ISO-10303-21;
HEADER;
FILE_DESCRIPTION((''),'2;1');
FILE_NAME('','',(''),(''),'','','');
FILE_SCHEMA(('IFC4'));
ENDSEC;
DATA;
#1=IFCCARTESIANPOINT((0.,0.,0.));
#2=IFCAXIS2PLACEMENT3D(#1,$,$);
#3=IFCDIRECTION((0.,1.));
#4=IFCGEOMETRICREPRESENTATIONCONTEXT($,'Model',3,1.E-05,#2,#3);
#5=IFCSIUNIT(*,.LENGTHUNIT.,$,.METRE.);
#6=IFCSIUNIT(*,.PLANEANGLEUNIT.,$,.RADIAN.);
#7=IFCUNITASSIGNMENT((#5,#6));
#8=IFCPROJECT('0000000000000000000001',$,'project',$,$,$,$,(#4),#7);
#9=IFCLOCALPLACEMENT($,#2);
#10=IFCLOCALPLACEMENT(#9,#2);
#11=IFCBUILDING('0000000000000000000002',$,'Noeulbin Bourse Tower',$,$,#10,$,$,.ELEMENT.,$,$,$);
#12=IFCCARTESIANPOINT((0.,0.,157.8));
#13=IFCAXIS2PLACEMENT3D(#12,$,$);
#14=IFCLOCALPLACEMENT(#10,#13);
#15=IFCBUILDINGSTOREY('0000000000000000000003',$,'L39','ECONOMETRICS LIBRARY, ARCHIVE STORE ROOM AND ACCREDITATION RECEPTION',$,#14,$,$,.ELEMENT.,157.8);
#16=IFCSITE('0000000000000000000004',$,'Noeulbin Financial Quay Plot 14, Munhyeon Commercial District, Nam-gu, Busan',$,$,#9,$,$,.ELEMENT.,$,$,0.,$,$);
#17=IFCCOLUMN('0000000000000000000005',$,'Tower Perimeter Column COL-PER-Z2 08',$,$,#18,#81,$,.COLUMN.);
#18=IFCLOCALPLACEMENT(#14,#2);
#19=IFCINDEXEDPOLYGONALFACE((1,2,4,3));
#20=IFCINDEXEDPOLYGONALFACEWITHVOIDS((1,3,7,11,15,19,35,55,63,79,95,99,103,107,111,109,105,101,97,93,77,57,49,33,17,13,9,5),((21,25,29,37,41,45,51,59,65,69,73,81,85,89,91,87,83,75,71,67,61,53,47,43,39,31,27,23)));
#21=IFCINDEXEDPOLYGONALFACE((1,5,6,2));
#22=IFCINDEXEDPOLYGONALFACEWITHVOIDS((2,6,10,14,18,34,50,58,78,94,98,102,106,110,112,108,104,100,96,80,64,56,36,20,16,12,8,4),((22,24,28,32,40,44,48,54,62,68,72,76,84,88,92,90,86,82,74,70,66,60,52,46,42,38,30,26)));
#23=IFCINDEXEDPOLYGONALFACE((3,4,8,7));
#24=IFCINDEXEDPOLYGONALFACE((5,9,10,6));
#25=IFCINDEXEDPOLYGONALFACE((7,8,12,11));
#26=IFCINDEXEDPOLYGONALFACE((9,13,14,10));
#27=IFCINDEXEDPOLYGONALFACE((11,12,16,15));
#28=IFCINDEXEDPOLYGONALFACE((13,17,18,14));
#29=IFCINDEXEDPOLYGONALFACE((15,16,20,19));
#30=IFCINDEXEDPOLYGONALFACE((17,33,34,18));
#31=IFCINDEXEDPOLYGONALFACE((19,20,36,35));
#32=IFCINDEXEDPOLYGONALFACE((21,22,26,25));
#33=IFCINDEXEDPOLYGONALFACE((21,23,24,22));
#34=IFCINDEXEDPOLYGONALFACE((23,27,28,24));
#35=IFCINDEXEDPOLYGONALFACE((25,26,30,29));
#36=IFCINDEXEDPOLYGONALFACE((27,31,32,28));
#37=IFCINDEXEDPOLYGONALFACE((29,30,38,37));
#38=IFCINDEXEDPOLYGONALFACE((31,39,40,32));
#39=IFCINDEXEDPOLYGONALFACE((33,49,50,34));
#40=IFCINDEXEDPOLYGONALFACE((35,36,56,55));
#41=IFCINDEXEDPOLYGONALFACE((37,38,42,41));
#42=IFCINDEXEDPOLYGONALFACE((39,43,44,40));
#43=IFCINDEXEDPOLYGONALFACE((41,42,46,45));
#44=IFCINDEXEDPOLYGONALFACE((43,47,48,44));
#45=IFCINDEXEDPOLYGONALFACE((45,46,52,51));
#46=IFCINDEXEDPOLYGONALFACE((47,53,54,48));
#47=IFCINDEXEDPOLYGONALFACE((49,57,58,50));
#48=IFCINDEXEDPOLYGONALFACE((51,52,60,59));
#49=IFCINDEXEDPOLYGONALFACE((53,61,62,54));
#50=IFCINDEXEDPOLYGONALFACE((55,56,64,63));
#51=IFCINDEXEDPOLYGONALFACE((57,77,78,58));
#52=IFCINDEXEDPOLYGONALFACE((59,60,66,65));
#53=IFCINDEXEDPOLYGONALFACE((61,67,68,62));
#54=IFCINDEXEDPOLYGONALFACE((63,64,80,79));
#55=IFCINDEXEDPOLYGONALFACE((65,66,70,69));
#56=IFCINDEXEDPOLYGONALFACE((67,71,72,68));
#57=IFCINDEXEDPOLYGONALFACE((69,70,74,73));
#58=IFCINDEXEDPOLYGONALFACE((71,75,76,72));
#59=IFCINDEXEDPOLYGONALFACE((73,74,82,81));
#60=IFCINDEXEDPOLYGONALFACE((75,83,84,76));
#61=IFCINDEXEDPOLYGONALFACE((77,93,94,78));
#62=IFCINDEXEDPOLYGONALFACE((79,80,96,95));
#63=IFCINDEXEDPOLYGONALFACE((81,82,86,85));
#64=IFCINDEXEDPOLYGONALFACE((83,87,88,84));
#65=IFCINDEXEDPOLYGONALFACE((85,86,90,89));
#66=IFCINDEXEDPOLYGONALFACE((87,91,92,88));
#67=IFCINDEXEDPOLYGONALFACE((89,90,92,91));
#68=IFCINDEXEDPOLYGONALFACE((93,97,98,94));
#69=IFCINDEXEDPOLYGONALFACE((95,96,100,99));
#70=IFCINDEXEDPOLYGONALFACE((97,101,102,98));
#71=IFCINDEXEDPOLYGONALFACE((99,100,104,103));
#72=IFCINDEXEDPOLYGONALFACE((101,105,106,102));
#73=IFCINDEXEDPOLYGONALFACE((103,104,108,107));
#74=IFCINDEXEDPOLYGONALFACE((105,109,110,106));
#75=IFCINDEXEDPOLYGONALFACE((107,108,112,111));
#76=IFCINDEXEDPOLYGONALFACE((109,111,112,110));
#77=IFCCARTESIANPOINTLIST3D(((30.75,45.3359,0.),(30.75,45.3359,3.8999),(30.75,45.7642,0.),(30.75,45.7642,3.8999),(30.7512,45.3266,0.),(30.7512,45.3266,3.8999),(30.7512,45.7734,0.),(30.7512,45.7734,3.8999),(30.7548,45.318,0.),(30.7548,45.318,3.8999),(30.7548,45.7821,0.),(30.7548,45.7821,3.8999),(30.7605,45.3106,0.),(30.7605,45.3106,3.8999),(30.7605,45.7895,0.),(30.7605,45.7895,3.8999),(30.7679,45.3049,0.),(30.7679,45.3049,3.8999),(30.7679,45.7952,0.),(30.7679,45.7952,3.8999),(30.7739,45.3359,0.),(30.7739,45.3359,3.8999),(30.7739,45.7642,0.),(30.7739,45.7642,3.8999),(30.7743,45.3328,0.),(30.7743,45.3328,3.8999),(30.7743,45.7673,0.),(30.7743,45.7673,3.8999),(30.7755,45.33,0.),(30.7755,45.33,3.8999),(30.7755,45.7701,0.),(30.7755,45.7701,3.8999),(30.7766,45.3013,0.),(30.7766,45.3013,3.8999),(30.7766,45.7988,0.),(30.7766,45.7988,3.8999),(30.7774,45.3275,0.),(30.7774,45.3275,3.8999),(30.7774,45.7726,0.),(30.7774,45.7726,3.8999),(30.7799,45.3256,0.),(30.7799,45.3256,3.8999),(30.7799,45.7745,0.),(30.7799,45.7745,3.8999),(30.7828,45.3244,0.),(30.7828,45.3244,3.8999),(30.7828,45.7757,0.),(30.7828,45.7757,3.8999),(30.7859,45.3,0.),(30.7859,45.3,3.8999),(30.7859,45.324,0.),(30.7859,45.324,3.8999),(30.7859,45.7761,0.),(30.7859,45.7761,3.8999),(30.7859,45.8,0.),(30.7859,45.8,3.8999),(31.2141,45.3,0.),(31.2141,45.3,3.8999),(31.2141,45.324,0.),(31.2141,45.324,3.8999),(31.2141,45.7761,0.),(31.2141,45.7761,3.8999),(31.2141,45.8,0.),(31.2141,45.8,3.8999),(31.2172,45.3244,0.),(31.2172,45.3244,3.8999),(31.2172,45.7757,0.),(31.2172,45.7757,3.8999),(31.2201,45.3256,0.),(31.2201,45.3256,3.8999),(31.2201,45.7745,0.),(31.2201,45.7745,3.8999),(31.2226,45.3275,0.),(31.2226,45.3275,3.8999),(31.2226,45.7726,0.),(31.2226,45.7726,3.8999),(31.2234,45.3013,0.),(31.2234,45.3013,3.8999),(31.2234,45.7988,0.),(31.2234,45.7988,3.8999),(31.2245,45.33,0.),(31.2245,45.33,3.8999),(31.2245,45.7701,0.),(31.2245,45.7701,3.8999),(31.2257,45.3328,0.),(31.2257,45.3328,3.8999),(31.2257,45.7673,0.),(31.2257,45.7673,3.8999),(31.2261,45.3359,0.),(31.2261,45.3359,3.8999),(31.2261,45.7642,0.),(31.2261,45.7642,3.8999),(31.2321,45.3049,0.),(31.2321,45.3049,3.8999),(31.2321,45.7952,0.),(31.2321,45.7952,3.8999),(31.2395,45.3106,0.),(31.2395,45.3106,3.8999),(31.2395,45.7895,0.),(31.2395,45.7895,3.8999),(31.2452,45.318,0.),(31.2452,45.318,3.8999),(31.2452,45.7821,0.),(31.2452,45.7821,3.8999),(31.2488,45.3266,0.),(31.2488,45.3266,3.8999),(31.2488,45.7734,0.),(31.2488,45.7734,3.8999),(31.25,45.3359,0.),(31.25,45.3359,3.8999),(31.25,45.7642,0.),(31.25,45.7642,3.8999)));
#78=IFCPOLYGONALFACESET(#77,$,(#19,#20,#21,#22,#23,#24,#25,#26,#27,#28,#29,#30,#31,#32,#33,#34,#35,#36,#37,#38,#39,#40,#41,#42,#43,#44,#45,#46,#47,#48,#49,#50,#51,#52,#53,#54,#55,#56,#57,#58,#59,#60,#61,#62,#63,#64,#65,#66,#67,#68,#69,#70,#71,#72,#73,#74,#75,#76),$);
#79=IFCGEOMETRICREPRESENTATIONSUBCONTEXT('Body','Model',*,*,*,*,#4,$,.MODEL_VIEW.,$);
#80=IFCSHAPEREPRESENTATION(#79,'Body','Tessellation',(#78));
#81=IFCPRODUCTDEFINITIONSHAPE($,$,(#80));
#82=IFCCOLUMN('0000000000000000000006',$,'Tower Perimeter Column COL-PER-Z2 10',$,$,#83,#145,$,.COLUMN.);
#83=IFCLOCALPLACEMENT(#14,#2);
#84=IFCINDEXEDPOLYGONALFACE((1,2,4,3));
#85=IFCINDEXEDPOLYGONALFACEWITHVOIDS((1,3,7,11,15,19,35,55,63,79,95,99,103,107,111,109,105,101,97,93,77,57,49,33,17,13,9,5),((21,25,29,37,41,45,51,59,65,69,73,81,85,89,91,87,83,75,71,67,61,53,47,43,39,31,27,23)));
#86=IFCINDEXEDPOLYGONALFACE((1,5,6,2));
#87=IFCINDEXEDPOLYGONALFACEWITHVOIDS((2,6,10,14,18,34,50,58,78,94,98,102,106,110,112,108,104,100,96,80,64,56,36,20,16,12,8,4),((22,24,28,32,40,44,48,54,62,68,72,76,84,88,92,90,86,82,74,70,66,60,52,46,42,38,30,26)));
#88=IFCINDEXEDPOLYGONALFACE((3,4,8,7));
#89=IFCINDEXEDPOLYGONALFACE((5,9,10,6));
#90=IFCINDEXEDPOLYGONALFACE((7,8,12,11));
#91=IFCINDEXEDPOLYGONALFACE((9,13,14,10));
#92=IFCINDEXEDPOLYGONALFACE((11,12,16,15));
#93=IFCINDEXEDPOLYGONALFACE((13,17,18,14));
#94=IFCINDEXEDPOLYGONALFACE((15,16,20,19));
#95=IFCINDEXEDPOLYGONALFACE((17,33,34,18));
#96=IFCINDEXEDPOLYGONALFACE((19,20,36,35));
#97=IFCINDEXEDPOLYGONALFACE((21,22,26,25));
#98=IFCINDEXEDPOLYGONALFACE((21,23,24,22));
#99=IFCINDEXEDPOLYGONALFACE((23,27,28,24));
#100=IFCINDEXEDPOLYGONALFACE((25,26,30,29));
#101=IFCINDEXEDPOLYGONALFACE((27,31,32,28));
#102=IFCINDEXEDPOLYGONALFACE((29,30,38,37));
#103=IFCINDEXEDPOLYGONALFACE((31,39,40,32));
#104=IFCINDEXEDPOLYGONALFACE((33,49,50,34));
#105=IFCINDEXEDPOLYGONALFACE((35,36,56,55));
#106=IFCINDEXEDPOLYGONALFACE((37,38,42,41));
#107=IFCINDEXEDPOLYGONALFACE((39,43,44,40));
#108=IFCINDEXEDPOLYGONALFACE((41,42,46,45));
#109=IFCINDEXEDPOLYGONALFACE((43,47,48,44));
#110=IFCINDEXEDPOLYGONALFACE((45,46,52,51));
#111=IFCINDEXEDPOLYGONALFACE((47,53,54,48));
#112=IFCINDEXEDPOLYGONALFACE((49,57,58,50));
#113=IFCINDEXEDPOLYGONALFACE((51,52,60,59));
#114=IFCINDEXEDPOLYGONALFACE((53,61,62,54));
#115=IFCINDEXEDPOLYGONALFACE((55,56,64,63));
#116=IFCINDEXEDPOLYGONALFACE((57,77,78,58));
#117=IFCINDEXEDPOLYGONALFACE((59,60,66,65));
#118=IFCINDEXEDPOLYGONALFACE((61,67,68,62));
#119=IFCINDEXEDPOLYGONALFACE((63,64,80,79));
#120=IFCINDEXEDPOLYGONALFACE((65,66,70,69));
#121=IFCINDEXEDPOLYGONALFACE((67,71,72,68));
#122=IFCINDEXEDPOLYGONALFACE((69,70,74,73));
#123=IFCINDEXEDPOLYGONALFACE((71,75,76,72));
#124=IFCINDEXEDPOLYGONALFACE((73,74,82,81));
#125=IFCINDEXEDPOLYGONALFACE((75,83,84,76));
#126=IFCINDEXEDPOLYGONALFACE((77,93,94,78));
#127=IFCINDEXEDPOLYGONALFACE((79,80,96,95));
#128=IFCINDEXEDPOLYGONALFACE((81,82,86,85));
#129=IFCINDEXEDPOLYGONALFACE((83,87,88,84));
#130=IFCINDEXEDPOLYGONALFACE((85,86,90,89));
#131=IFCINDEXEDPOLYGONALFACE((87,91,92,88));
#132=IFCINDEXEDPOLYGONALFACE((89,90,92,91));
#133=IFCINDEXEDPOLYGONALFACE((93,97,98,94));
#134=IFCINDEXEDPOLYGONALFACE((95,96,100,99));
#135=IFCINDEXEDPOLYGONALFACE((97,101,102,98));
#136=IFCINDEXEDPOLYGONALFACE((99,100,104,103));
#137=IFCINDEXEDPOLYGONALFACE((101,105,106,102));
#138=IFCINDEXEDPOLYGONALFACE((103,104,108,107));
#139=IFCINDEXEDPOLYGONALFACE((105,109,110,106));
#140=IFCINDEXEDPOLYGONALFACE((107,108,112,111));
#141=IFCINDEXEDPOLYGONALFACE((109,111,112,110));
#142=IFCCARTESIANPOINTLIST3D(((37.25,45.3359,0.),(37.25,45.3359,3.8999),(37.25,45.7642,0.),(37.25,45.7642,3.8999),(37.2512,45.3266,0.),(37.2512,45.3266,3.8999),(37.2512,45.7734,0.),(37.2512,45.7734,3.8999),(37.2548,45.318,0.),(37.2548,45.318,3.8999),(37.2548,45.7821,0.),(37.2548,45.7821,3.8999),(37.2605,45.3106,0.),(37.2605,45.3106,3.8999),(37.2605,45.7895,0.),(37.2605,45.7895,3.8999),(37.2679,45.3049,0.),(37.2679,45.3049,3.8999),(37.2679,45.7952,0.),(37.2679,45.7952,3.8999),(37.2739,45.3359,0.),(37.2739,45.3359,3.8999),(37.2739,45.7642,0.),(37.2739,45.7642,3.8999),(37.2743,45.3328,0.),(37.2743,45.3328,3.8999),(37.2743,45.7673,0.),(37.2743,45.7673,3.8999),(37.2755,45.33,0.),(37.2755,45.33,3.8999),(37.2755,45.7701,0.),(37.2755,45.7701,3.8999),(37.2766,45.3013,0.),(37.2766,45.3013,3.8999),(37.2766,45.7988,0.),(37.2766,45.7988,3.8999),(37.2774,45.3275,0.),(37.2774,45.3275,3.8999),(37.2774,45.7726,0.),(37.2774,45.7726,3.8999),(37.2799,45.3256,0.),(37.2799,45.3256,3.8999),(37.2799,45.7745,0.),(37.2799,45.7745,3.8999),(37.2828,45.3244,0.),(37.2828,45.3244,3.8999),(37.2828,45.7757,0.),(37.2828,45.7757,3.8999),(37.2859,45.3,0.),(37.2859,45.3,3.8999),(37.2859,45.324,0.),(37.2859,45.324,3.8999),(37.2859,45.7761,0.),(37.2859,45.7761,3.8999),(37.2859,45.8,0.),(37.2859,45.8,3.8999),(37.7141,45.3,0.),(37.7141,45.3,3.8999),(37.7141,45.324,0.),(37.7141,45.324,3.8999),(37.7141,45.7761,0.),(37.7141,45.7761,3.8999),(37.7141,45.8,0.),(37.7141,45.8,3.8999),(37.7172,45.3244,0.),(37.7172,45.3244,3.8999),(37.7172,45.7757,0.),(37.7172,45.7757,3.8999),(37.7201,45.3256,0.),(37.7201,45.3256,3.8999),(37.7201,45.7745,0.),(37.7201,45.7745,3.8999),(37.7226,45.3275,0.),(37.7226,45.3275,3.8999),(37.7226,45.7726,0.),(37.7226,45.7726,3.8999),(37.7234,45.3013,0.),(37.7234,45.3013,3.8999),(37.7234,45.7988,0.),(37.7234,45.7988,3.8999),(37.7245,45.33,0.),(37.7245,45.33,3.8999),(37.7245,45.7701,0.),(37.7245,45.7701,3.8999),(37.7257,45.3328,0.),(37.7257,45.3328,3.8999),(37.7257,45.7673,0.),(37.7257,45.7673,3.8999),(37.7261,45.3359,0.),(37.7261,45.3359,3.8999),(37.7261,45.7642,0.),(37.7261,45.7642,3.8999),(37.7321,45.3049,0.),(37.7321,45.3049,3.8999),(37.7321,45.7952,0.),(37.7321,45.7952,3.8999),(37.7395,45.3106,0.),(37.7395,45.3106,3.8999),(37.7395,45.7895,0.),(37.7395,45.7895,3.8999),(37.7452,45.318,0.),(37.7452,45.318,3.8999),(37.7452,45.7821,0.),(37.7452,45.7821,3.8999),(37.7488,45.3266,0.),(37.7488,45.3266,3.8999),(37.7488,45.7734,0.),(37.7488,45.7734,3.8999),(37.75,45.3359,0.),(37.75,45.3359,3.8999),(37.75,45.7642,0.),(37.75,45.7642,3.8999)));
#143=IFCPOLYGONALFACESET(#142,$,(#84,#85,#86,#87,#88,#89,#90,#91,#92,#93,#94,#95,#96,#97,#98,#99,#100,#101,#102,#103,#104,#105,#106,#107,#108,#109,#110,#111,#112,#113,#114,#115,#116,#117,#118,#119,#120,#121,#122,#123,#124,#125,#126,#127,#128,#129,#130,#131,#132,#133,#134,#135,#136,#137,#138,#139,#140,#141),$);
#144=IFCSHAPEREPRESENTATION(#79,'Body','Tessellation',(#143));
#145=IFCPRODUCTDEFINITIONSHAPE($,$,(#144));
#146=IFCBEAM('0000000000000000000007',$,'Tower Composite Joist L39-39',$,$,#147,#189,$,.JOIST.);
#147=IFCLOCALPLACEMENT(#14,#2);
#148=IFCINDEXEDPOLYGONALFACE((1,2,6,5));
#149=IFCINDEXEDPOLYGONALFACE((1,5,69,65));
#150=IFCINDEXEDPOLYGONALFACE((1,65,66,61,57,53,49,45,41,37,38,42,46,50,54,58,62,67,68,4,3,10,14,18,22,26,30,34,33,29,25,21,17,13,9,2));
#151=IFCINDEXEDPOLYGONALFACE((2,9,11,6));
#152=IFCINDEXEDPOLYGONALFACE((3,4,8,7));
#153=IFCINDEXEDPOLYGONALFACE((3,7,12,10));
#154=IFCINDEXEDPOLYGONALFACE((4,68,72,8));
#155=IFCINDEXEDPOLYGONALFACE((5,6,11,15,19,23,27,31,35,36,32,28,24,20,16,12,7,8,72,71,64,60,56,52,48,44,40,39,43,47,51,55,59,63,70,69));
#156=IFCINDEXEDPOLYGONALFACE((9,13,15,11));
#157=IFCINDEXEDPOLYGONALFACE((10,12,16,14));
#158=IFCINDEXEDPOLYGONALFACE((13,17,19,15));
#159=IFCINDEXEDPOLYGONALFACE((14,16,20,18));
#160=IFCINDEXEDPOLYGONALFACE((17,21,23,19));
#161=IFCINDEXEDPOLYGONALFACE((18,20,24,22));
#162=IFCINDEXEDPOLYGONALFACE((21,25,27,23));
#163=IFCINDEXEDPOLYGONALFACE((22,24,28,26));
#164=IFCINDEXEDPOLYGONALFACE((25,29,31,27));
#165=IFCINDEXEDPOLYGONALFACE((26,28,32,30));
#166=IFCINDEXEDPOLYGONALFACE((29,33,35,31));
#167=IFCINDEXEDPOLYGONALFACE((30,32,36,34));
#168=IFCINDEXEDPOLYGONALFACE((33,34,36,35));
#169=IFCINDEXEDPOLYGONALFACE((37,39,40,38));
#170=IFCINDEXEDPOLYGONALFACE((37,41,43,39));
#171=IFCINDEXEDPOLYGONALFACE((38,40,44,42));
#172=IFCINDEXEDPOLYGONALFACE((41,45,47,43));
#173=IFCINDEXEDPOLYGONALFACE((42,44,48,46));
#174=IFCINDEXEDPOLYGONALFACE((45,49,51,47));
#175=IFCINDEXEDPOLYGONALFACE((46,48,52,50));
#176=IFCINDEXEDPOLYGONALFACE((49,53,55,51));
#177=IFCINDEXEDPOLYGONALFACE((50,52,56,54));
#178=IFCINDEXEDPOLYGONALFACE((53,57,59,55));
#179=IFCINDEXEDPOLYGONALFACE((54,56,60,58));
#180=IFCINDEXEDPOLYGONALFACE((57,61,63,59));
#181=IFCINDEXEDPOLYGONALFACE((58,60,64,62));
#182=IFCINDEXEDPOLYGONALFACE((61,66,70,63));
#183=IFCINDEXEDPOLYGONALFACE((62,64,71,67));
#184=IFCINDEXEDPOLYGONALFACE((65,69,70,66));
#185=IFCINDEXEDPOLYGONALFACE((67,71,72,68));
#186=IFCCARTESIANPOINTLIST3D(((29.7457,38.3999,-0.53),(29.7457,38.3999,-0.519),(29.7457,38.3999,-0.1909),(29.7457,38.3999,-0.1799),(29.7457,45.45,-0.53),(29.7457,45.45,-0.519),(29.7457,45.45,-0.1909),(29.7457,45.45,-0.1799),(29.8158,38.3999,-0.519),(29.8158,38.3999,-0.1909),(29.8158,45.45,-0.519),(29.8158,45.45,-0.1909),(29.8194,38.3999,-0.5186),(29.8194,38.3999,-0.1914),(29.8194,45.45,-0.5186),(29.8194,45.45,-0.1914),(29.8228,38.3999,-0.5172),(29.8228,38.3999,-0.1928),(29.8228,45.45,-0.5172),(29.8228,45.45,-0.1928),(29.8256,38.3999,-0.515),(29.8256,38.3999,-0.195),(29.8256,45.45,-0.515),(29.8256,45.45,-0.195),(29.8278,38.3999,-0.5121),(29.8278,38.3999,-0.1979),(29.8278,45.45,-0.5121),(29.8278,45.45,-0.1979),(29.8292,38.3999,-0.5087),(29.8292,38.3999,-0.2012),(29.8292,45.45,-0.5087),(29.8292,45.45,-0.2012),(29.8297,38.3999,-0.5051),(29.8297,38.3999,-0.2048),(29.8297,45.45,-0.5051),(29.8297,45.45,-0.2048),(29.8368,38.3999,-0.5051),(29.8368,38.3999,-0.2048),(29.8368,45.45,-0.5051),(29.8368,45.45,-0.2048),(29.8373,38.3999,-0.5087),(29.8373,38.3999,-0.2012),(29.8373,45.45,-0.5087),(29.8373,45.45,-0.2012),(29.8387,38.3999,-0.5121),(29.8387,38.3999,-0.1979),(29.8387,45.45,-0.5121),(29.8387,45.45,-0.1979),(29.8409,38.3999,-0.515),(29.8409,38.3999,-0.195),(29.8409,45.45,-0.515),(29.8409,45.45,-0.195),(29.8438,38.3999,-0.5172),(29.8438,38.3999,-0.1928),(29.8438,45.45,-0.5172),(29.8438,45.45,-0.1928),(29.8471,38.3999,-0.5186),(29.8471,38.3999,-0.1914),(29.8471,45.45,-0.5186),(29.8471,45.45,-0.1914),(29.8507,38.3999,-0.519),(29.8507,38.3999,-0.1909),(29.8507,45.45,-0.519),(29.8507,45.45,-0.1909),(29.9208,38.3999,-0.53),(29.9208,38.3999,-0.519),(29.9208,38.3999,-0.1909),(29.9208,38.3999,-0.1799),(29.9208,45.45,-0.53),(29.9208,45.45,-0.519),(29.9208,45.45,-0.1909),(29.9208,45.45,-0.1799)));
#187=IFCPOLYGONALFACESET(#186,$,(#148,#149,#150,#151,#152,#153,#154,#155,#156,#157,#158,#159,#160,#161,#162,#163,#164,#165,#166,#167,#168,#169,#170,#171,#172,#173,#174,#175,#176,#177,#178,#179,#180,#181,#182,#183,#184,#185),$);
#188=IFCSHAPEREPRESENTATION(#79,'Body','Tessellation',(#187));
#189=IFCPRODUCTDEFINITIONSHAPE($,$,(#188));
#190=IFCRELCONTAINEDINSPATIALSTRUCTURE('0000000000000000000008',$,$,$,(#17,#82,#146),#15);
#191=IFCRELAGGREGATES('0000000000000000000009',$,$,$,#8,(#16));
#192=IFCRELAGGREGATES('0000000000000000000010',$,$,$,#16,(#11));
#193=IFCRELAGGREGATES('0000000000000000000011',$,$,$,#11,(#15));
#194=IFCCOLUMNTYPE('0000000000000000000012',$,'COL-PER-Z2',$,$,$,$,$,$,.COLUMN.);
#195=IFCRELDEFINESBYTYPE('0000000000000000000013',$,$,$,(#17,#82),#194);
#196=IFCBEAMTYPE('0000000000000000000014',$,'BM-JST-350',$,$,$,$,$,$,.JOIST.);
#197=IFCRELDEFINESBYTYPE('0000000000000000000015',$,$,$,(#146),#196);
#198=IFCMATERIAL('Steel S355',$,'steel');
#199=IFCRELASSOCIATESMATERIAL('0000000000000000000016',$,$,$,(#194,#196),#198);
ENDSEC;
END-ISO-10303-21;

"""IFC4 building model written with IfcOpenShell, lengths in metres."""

from ifc_helpers import new_model, si_unit, direction, frame, origin, origin_2d, place, context, subcontext, project, spatial, hollow_rectangle, i_section, extrude, material, material_profile, profile_set, type_object, element, save


model = new_model("IFC4")

# Units and contexts
model_context = context("Model", 3, precision=1e-05, world=origin(), true_north=direction((0.0, 1.0)))
body_context = subcontext(model_context, "Body", "Model", "MODEL_VIEW")
ifc_project = project(units=[si_unit("LENGTHUNIT", "METRE"), si_unit("PLANEANGLEUNIT", "RADIAN")], contexts=[model_context])

# Site, building, storey
site_placement = place(None, origin())
site = spatial("IfcSite", under=ifc_project, at=site_placement, Name="Noeulbin Financial Quay Plot 14, Munhyeon Commercial District, Nam-gu, Busan", CompositionType="ELEMENT", RefElevation=0.0)
building_placement = place(site_placement, origin())
building = spatial("IfcBuilding", under=site, at=building_placement, Name="Noeulbin Bourse Tower", CompositionType="ELEMENT")
storey_placement = place(building_placement, frame((0.0, 0.0, 157.8)))
storey = spatial("IfcBuildingStorey", under=building, at=storey_placement, Name="L39", Description="ECONOMETRICS LIBRARY, ARCHIVE STORE ROOM AND ACCREDITATION RECEPTION", CompositionType="ELEMENT", Elevation=157.8)

# Columns
ifc_material_1 = material(Name="Steel S355", Category="steel")
ifc_material_profile_1 = material_profile(ifc_material_1, hollow_rectangle(XDim=0.5, YDim=0.5, WallThickness=0.0239, InnerFilletRadius=0.012, OuterFilletRadius=0.0359, at=origin_2d()), Name="BOX-500x500x24", Category="LoadBearing")
ifc_profile_set_1 = profile_set([ifc_material_profile_1], Name="Steel S355")
column_type = type_object("IfcColumnType", Name="COL-PER-Z2", PredefinedType="COLUMN", material=ifc_profile_set_1)
for number, where, z_axis, x_axis, name in (
    (1, (31.0, 45.55, 0.0), (0.0, 0.0, 1.0), (1.0, 0.0, 0.0), "Tower Perimeter Column COL-PER-Z2 08"),
    (2, (37.5, 45.55, 0.0), (0.0, 0.0, 1.0), (1.0, 0.0, 0.0), "Tower Perimeter Column COL-PER-Z2 10"),
):
    element("IfcColumn", number, at=place(storey_placement, frame(where, z_axis=z_axis, x_axis=x_axis)), inside=storey, type_object=column_type, Name=name, PredefinedType="COLUMN", context=body_context, shape_type="SweptSolid", body=[
        extrude(hollow_rectangle(XDim=0.5, YDim=0.5, WallThickness=0.0239, InnerFilletRadius=0.012, OuterFilletRadius=0.0359, at=origin_2d()), origin(), (0.0, 0.0, 1.0), 3.8999),
    ])

# Beam
ifc_material_profile_2 = material_profile(ifc_material_1, i_section(OverallWidth=0.175, OverallDepth=0.3501, WebThickness=0.0071, FlangeThickness=0.011, FilletRadius=0.0139, at=origin_2d()), Name="H-350x175x7x11", Category="LoadBearing")
ifc_profile_set_2 = profile_set([ifc_material_profile_2], Name="Steel S355")
beam_type_1 = type_object("IfcBeamType", Name="BM-JST-350", PredefinedType="JOIST", material=ifc_profile_set_2)
for number, where, z_axis, x_axis, name in (
    (3, (29.8333, 38.3999, -0.355), (0.0, 1.0, 0.0), (-1.0, 0.0, 0.0), "Tower Composite Joist L39-39"),
):
    element("IfcBeam", number, at=place(storey_placement, frame(where, z_axis=z_axis, x_axis=x_axis)), inside=storey, type_object=beam_type_1, Name=name, PredefinedType="JOIST", context=body_context, shape_type="SweptSolid", body=[
        extrude(i_section(OverallWidth=0.175, OverallDepth=0.3501, WebThickness=0.0071, FlangeThickness=0.011, FilletRadius=0.0139, at=origin_2d()), origin(), (0.0, 0.0, 1.0), 7.05),
    ])

save(model, "model.ifc")
